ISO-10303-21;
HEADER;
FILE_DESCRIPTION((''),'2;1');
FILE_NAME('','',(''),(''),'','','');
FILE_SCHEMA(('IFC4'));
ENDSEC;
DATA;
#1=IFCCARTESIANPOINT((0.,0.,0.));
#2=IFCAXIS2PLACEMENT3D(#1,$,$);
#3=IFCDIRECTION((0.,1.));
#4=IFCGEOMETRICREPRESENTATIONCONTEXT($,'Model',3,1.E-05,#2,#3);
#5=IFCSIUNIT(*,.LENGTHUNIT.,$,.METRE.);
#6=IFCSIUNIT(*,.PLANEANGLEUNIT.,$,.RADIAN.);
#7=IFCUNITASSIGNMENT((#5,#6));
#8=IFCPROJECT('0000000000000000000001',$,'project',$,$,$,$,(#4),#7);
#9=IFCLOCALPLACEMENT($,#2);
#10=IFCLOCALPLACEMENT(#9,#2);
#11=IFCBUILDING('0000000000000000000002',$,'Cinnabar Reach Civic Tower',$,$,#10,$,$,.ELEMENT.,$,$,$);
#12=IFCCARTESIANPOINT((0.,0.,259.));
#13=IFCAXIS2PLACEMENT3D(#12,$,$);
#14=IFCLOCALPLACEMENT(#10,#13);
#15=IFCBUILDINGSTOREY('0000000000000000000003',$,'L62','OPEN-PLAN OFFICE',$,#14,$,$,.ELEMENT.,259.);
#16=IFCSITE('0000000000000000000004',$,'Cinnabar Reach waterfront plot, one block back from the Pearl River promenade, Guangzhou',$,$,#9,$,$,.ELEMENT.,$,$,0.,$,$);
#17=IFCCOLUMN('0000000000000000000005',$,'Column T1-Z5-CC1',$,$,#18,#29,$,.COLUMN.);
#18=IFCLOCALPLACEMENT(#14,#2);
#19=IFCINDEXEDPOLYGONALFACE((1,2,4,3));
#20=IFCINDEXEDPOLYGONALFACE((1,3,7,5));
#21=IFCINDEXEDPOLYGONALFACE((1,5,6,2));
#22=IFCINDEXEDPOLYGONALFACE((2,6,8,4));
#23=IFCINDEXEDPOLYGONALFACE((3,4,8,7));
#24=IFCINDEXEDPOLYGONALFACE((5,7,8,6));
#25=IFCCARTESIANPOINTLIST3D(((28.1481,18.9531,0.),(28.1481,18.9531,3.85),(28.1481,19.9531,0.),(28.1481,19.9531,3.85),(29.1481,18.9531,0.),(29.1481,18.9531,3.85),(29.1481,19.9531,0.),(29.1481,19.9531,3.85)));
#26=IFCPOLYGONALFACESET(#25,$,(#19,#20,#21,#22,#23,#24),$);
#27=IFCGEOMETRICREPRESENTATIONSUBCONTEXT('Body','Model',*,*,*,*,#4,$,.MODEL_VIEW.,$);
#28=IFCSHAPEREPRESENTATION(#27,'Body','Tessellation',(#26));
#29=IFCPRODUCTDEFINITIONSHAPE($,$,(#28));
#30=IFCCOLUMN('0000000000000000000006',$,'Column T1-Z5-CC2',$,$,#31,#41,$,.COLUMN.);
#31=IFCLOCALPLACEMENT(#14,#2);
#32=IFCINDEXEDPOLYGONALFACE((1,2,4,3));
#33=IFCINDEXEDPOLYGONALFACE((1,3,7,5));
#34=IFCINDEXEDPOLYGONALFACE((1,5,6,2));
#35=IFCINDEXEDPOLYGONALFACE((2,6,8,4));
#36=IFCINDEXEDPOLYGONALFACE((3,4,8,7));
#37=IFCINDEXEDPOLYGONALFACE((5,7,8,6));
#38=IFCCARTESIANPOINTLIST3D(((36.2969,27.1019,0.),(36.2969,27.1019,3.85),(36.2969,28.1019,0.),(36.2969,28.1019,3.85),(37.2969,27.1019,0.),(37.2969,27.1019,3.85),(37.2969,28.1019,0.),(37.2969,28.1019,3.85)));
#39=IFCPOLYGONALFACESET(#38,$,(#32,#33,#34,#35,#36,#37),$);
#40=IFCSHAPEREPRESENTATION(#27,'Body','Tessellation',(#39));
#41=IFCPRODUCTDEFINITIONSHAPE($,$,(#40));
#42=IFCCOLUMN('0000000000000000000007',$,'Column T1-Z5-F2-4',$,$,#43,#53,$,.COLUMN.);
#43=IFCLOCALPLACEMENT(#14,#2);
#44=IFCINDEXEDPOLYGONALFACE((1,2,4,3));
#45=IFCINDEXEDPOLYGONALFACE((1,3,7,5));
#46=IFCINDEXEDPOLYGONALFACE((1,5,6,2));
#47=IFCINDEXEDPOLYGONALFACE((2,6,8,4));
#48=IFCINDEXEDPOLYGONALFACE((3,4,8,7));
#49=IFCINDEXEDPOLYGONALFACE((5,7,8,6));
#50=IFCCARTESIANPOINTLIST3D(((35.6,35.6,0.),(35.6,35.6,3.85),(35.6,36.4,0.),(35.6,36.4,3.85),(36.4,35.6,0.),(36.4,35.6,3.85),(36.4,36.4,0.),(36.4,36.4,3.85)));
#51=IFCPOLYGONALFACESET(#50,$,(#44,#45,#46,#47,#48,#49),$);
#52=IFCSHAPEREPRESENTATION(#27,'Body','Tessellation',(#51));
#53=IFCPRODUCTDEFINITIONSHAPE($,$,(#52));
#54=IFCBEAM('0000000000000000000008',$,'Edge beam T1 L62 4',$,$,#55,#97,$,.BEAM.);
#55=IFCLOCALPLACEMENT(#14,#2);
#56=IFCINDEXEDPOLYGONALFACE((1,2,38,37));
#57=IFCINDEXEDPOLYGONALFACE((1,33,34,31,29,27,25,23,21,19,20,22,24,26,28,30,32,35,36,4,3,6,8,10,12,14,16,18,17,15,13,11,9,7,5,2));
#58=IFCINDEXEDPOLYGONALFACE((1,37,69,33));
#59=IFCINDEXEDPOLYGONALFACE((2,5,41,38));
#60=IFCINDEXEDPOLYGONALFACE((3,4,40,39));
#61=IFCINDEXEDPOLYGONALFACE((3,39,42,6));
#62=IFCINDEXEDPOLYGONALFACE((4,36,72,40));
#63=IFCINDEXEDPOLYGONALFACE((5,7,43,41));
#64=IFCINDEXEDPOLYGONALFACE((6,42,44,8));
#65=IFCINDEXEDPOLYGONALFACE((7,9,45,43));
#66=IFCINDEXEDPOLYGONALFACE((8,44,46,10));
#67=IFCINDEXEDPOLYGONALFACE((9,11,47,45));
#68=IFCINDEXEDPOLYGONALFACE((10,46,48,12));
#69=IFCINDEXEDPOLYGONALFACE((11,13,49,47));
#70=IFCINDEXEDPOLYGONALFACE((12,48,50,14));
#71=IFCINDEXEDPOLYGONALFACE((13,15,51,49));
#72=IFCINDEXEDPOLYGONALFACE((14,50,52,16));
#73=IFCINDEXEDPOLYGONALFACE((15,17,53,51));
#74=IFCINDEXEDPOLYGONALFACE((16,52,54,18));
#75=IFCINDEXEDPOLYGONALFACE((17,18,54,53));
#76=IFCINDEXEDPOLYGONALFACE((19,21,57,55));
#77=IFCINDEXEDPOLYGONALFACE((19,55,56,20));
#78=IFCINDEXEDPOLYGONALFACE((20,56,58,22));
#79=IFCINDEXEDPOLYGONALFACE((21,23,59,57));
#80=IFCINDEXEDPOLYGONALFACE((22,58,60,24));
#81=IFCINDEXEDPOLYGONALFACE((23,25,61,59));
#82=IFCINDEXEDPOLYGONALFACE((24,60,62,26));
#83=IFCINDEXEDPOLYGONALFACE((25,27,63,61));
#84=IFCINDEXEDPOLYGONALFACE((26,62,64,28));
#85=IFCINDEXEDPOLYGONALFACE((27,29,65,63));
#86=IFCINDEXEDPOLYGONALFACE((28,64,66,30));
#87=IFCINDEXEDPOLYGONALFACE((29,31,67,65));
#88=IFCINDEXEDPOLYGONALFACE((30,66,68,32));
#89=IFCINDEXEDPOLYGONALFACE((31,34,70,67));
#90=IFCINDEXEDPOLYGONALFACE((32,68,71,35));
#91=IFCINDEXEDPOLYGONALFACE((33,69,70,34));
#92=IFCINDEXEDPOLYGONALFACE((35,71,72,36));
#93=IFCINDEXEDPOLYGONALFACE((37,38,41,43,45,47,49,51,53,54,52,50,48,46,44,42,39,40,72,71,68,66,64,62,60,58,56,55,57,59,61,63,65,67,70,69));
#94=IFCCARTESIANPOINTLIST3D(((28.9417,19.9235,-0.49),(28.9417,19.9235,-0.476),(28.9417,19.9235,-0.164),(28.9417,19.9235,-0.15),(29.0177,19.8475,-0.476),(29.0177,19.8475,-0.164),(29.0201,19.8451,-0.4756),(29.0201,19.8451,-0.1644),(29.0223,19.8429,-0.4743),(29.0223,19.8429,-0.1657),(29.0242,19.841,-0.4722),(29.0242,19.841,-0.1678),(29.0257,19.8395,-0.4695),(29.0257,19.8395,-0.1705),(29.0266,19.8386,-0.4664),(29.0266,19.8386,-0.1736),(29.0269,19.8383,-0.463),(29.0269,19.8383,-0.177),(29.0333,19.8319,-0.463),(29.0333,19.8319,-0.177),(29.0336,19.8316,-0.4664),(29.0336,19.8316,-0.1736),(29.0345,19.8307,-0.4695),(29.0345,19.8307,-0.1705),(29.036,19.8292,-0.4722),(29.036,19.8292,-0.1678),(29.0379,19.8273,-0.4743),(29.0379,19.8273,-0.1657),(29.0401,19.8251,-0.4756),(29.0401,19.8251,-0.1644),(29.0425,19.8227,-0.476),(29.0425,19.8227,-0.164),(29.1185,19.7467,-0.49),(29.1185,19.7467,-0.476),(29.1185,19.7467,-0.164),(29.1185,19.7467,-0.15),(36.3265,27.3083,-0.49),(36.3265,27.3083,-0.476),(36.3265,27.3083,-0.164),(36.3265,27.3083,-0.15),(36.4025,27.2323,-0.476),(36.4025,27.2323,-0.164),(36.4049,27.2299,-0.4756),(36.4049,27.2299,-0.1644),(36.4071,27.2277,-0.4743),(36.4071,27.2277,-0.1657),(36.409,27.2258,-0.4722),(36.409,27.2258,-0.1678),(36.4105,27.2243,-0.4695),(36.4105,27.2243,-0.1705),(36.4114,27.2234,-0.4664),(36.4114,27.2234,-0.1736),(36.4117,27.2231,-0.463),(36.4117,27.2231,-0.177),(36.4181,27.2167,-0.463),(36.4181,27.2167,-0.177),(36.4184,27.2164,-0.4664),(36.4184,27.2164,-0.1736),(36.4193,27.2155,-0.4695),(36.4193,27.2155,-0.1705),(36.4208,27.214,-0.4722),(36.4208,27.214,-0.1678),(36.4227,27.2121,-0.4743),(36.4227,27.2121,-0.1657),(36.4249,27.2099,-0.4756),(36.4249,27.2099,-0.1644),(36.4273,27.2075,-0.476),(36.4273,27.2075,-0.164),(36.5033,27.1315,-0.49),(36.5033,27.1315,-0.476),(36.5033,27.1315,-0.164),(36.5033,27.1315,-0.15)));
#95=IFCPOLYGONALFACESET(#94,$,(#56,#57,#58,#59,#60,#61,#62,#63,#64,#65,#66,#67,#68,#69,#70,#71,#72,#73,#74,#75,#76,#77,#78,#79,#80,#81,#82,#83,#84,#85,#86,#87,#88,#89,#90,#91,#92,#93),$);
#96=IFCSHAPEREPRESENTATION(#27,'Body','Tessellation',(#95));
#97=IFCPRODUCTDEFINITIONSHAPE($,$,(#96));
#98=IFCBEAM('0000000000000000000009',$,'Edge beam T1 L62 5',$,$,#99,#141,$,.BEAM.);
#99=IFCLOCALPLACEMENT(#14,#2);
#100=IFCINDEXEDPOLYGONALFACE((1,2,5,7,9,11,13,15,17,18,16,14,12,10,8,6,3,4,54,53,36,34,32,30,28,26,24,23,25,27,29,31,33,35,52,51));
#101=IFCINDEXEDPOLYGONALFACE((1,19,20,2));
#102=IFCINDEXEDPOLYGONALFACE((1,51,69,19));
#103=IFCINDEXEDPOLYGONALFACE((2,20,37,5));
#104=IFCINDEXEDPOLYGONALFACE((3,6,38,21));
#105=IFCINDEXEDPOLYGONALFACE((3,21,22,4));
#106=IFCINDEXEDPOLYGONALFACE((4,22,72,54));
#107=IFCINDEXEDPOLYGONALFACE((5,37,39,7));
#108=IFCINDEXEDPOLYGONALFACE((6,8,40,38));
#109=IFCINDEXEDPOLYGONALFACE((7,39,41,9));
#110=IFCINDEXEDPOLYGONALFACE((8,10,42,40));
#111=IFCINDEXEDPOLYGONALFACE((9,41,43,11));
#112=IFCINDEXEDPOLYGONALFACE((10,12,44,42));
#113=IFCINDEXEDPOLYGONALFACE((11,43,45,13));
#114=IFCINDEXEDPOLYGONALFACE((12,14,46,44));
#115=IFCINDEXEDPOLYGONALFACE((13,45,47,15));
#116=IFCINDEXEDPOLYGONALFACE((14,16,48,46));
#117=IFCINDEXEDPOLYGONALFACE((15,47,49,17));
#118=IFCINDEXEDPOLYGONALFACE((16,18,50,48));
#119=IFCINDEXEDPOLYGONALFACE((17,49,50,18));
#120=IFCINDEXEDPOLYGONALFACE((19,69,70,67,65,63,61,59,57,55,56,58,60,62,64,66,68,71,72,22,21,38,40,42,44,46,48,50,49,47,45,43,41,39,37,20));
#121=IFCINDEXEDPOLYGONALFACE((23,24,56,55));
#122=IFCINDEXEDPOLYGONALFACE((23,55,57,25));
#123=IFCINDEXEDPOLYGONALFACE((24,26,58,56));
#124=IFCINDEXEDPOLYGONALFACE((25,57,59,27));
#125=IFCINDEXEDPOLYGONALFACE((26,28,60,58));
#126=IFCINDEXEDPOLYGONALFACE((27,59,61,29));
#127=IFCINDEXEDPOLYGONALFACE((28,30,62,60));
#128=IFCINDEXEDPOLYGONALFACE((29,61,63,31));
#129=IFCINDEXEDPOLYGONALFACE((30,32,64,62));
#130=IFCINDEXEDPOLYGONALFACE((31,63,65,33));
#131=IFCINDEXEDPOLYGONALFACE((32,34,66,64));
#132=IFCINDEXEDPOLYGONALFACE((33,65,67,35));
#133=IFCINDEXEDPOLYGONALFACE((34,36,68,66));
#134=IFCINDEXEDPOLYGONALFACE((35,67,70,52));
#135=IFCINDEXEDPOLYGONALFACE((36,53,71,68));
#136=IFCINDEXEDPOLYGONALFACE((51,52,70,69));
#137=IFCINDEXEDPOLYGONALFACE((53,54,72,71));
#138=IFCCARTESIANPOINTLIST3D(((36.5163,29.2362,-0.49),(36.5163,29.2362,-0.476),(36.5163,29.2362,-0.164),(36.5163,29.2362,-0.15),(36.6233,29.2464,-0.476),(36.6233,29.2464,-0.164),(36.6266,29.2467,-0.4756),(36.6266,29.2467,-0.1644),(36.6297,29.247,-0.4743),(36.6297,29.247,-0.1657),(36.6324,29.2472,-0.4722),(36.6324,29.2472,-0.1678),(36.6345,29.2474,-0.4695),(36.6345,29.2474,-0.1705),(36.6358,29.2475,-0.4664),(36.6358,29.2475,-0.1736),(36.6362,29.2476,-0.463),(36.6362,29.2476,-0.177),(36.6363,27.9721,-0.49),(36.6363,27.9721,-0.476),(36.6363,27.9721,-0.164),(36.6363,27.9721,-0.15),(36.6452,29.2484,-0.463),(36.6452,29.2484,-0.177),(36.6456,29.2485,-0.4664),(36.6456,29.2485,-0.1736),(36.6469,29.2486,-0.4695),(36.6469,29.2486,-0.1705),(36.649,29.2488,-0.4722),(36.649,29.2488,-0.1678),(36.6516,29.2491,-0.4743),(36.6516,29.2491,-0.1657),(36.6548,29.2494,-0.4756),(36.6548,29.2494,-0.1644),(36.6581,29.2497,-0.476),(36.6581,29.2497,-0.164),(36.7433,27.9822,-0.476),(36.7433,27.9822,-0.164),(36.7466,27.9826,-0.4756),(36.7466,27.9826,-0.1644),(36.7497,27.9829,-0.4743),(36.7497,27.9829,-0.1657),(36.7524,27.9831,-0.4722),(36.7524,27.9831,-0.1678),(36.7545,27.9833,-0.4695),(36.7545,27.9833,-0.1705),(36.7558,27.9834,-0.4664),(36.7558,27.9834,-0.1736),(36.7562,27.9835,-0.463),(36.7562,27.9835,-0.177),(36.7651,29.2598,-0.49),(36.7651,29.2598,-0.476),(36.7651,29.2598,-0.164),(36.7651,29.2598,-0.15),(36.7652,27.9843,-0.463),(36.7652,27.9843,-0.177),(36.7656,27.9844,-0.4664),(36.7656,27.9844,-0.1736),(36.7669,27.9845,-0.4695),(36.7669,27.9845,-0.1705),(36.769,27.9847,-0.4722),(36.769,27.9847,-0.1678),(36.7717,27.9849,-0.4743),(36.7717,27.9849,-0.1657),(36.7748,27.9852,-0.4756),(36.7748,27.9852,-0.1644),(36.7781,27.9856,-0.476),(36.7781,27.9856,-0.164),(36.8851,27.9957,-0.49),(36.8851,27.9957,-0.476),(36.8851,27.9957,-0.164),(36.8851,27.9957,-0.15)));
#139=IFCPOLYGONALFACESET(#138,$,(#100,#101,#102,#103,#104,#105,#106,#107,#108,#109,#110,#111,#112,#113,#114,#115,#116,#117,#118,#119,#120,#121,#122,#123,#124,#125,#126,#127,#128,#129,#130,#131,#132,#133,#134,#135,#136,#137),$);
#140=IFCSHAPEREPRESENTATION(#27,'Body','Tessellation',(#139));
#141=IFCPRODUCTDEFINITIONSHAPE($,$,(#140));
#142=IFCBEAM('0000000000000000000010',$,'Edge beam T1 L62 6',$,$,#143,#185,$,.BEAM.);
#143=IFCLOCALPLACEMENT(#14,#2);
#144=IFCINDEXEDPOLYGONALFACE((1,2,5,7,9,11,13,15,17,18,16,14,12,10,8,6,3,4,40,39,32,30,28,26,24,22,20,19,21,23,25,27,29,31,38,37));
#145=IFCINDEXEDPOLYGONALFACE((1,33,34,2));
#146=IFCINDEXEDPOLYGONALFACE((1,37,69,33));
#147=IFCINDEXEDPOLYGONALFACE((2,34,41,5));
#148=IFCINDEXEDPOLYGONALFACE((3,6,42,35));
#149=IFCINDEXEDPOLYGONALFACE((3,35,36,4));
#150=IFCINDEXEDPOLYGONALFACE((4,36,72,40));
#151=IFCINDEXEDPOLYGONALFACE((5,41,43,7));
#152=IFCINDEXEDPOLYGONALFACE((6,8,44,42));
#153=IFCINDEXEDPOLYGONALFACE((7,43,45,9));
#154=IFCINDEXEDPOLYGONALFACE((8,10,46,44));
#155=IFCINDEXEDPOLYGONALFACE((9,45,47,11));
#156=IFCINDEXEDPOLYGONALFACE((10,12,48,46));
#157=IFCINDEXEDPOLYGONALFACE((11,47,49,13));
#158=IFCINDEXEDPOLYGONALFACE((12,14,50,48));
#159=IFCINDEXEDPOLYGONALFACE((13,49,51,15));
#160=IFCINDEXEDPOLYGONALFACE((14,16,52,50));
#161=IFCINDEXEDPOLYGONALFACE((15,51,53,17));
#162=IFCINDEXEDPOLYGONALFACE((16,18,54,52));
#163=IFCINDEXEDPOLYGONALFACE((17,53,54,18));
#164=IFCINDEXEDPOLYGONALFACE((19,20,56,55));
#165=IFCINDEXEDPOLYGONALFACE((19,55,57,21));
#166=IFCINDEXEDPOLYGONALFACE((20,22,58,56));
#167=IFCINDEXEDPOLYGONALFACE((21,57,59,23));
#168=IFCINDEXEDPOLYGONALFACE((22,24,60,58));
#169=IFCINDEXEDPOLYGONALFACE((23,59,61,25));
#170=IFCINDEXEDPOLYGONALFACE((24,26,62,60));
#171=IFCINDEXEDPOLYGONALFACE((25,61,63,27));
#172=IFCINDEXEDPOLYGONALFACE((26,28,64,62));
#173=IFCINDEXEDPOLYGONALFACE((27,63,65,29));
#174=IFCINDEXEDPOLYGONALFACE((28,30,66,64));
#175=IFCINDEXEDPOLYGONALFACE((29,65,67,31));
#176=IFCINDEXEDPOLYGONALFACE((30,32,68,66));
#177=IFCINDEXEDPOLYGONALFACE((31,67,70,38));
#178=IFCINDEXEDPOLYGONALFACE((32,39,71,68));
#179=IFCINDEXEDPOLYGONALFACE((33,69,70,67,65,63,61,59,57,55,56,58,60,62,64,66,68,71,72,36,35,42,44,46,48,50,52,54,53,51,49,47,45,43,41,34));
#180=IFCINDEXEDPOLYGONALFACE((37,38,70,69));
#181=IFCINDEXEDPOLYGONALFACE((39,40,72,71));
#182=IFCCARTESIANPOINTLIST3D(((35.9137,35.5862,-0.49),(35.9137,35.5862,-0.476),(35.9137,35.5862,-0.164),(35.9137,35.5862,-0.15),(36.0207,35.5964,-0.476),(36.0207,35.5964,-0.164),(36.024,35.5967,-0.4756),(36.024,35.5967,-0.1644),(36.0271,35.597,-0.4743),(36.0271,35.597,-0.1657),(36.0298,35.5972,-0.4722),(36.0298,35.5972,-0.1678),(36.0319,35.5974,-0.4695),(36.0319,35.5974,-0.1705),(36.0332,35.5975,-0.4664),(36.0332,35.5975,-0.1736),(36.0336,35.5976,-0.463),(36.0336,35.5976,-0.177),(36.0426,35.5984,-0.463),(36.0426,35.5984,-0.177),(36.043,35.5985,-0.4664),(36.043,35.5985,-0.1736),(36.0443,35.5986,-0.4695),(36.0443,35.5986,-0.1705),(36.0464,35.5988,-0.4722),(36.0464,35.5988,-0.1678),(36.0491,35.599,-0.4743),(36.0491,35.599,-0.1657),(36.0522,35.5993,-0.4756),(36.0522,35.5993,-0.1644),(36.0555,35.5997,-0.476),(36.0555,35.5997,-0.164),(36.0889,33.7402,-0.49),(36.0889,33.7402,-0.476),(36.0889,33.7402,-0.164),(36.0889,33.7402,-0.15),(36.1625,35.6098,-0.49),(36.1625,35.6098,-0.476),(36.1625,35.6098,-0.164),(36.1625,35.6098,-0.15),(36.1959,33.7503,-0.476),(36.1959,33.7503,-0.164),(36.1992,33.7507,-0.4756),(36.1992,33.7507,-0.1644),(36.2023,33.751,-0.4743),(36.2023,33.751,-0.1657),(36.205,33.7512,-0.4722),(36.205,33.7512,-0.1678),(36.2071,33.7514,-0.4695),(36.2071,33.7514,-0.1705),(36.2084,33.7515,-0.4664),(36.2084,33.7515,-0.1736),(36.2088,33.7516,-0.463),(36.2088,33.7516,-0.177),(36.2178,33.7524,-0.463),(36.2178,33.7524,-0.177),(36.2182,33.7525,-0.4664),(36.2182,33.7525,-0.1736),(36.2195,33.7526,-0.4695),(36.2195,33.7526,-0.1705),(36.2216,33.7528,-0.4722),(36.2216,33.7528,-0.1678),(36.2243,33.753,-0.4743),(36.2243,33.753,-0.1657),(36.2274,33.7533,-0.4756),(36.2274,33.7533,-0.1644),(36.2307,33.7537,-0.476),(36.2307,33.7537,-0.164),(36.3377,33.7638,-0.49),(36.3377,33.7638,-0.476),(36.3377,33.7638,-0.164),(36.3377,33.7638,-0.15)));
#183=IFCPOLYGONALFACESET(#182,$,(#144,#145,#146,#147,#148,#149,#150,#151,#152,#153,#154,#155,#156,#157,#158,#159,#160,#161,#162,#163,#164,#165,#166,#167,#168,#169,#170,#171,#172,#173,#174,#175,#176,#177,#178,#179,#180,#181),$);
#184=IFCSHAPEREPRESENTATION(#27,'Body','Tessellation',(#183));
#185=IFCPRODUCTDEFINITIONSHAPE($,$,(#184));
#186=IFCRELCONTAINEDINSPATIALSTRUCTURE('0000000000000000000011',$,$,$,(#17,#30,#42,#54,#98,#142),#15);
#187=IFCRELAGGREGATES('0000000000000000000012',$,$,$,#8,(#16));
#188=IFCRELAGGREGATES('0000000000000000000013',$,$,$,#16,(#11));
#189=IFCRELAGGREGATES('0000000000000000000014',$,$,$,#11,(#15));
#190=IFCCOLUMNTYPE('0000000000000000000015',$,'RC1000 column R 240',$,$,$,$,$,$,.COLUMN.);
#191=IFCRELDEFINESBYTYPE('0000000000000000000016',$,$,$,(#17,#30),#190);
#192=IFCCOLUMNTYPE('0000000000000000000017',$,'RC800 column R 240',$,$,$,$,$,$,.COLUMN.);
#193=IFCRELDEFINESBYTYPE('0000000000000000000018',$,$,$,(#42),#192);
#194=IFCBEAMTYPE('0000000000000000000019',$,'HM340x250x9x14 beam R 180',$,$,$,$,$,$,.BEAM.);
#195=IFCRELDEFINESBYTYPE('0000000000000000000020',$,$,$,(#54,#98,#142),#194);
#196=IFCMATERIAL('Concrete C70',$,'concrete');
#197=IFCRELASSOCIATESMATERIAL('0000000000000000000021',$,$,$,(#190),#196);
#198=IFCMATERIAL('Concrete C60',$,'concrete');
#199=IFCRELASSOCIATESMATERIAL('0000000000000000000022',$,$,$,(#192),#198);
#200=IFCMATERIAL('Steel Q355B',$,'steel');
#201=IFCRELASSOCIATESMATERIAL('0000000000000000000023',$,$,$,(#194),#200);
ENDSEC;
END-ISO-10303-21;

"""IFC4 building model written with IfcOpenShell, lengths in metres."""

from ifc_helpers import new_model, si_unit, direction, frame, origin, origin_2d, place, context, subcontext, project, spatial, rectangle, i_section, extrude, material, material_profile, profile_set, type_object, element, save


model = new_model("IFC4")

# Units and contexts
model_context = context("Model", 3, precision=1e-05, world=origin(), true_north=direction((0.0, 1.0)))
body_context = subcontext(model_context, "Body", "Model", "MODEL_VIEW")
ifc_project = project(units=[si_unit("LENGTHUNIT", "METRE"), si_unit("PLANEANGLEUNIT", "RADIAN")], contexts=[model_context])

# Site, building, storey
site_placement = place(None, origin())
site = spatial("IfcSite", under=ifc_project, at=site_placement, Name="Cinnabar Reach waterfront plot, one block back from the Pearl River promenade, Guangzhou", CompositionType="ELEMENT", RefElevation=0.0)
building_placement = place(site_placement, origin())
building = spatial("IfcBuilding", under=site, at=building_placement, Name="Cinnabar Reach Civic Tower", CompositionType="ELEMENT")
storey_placement = place(building_placement, frame((0.0, 0.0, 259.0)))
storey = spatial("IfcBuildingStorey", under=building, at=storey_placement, Name="L62", Description="OPEN-PLAN OFFICE", CompositionType="ELEMENT", Elevation=259.0)

# Columns
ifc_material_1 = material(Name="Concrete C70", Category="concrete")
ifc_material_profile_1 = material_profile(ifc_material_1, rectangle(XDim=1.0, YDim=1.0, at=origin_2d()), Name="RC1000")
ifc_profile_set_1 = profile_set([ifc_material_profile_1], Name="Concrete C70")
column_type_1 = type_object("IfcColumnType", Name="RC1000 column R 240", PredefinedType="COLUMN", material=ifc_profile_set_1)
for number, where, z_axis, x_axis, name in (
    (1, (28.6481, 19.4531, 0.0), (0.0, 0.0, 1.0), (1.0, 0.0, 0.0), "Column T1-Z5-CC1"),
    (2, (36.7969, 27.6019, 0.0), (0.0, 0.0, 1.0), (1.0, 0.0, 0.0), "Column T1-Z5-CC2"),
):
    element("IfcColumn", number, at=place(storey_placement, frame(where, z_axis=z_axis, x_axis=x_axis)), inside=storey, type_object=column_type_1, Name=name, PredefinedType="COLUMN", context=body_context, shape_type="SweptSolid", body=[
        extrude(rectangle(XDim=1.0, YDim=1.0, at=origin_2d()), origin(), (0.0, 0.0, 1.0), 3.85),
    ])
ifc_material_2 = material(Name="Concrete C60", Category="concrete")
ifc_material_profile_2 = material_profile(ifc_material_2, rectangle(XDim=0.8, YDim=0.8, at=origin_2d()), Name="RC800")
ifc_profile_set_2 = profile_set([ifc_material_profile_2], Name="Concrete C60")
column_type_2 = type_object("IfcColumnType", Name="RC800 column R 240", PredefinedType="COLUMN", material=ifc_profile_set_2)
column_placement = place(storey_placement, frame((36.0, 36.0, 0.0), z_axis=(0.0, 0.0, 1.0), x_axis=(1.0, 0.0, 0.0)))
element("IfcColumn", 3, at=column_placement, inside=storey, type_object=column_type_2, Name="Column T1-Z5-F2-4", PredefinedType="COLUMN", context=body_context, shape_type="SweptSolid", body=[
    extrude(rectangle(XDim=0.8, YDim=0.8, at=origin_2d()), origin(), (0.0, 0.0, 1.0), 3.85),
])

# Beams
ifc_material_3 = material(Name="Steel Q355B", Category="steel")
ifc_material_profile_3 = material_profile(ifc_material_3, i_section(OverallWidth=0.25, OverallDepth=0.34, WebThickness=0.009, FlangeThickness=0.014, FilletRadius=0.013, at=origin_2d()), Name="HM340x250x9x14")
ifc_profile_set_3 = profile_set([ifc_material_profile_3], Name="Steel Q355B")
beam_type_1 = type_object("IfcBeamType", Name="HM340x250x9x14 beam R 180", PredefinedType="BEAM", material=ifc_profile_set_3)
beam_1_placement = place(storey_placement, frame((29.0301, 19.8351, -0.32), z_axis=(0.707107, 0.707107, 0.0), x_axis=(-0.707107, 0.707107, 0.0)))
element("IfcBeam", 4, at=beam_1_placement, inside=storey, type_object=beam_type_1, Name="Edge beam T1 L62 4", PredefinedType="BEAM", context=body_context, shape_type="SweptSolid", body=[
    extrude(i_section(OverallWidth=0.25, OverallDepth=0.34, WebThickness=0.009, FlangeThickness=0.014, FilletRadius=0.013, at=origin_2d()), origin(), (0.0, 0.0, 1.0), 10.4437),
])
beam_2_placement = place(storey_placement, frame((36.7607, 27.9839, -0.32), z_axis=(-0.094504, 0.995524, 0.0), x_axis=(-0.995524, -0.094504, 0.0)))
element("IfcBeam", 5, at=beam_2_placement, inside=storey, type_object=beam_type_1, Name="Edge beam T1 L62 5", PredefinedType="BEAM", context=body_context, shape_type="SweptSolid", body=[
    extrude(i_section(OverallWidth=0.25, OverallDepth=0.34, WebThickness=0.009, FlangeThickness=0.014, FilletRadius=0.013, at=origin_2d()), origin(), (0.0, 0.0, 1.0), 1.2698),
])
beam_3_placement = place(storey_placement, frame((36.2133, 33.752, -0.32), z_axis=(-0.094483, 0.995526, 0.0), x_axis=(-0.995526, -0.094483, 0.0)))
element("IfcBeam", 6, at=beam_3_placement, inside=storey, type_object=beam_type_1, Name="Edge beam T1 L62 6", PredefinedType="BEAM", context=body_context, shape_type="SweptSolid", body=[
    extrude(i_section(OverallWidth=0.25, OverallDepth=0.34, WebThickness=0.009, FlangeThickness=0.014, FilletRadius=0.013, at=origin_2d()), origin(), (0.0, 0.0, 1.0), 1.8543),
])

save(model, "model.ifc")
